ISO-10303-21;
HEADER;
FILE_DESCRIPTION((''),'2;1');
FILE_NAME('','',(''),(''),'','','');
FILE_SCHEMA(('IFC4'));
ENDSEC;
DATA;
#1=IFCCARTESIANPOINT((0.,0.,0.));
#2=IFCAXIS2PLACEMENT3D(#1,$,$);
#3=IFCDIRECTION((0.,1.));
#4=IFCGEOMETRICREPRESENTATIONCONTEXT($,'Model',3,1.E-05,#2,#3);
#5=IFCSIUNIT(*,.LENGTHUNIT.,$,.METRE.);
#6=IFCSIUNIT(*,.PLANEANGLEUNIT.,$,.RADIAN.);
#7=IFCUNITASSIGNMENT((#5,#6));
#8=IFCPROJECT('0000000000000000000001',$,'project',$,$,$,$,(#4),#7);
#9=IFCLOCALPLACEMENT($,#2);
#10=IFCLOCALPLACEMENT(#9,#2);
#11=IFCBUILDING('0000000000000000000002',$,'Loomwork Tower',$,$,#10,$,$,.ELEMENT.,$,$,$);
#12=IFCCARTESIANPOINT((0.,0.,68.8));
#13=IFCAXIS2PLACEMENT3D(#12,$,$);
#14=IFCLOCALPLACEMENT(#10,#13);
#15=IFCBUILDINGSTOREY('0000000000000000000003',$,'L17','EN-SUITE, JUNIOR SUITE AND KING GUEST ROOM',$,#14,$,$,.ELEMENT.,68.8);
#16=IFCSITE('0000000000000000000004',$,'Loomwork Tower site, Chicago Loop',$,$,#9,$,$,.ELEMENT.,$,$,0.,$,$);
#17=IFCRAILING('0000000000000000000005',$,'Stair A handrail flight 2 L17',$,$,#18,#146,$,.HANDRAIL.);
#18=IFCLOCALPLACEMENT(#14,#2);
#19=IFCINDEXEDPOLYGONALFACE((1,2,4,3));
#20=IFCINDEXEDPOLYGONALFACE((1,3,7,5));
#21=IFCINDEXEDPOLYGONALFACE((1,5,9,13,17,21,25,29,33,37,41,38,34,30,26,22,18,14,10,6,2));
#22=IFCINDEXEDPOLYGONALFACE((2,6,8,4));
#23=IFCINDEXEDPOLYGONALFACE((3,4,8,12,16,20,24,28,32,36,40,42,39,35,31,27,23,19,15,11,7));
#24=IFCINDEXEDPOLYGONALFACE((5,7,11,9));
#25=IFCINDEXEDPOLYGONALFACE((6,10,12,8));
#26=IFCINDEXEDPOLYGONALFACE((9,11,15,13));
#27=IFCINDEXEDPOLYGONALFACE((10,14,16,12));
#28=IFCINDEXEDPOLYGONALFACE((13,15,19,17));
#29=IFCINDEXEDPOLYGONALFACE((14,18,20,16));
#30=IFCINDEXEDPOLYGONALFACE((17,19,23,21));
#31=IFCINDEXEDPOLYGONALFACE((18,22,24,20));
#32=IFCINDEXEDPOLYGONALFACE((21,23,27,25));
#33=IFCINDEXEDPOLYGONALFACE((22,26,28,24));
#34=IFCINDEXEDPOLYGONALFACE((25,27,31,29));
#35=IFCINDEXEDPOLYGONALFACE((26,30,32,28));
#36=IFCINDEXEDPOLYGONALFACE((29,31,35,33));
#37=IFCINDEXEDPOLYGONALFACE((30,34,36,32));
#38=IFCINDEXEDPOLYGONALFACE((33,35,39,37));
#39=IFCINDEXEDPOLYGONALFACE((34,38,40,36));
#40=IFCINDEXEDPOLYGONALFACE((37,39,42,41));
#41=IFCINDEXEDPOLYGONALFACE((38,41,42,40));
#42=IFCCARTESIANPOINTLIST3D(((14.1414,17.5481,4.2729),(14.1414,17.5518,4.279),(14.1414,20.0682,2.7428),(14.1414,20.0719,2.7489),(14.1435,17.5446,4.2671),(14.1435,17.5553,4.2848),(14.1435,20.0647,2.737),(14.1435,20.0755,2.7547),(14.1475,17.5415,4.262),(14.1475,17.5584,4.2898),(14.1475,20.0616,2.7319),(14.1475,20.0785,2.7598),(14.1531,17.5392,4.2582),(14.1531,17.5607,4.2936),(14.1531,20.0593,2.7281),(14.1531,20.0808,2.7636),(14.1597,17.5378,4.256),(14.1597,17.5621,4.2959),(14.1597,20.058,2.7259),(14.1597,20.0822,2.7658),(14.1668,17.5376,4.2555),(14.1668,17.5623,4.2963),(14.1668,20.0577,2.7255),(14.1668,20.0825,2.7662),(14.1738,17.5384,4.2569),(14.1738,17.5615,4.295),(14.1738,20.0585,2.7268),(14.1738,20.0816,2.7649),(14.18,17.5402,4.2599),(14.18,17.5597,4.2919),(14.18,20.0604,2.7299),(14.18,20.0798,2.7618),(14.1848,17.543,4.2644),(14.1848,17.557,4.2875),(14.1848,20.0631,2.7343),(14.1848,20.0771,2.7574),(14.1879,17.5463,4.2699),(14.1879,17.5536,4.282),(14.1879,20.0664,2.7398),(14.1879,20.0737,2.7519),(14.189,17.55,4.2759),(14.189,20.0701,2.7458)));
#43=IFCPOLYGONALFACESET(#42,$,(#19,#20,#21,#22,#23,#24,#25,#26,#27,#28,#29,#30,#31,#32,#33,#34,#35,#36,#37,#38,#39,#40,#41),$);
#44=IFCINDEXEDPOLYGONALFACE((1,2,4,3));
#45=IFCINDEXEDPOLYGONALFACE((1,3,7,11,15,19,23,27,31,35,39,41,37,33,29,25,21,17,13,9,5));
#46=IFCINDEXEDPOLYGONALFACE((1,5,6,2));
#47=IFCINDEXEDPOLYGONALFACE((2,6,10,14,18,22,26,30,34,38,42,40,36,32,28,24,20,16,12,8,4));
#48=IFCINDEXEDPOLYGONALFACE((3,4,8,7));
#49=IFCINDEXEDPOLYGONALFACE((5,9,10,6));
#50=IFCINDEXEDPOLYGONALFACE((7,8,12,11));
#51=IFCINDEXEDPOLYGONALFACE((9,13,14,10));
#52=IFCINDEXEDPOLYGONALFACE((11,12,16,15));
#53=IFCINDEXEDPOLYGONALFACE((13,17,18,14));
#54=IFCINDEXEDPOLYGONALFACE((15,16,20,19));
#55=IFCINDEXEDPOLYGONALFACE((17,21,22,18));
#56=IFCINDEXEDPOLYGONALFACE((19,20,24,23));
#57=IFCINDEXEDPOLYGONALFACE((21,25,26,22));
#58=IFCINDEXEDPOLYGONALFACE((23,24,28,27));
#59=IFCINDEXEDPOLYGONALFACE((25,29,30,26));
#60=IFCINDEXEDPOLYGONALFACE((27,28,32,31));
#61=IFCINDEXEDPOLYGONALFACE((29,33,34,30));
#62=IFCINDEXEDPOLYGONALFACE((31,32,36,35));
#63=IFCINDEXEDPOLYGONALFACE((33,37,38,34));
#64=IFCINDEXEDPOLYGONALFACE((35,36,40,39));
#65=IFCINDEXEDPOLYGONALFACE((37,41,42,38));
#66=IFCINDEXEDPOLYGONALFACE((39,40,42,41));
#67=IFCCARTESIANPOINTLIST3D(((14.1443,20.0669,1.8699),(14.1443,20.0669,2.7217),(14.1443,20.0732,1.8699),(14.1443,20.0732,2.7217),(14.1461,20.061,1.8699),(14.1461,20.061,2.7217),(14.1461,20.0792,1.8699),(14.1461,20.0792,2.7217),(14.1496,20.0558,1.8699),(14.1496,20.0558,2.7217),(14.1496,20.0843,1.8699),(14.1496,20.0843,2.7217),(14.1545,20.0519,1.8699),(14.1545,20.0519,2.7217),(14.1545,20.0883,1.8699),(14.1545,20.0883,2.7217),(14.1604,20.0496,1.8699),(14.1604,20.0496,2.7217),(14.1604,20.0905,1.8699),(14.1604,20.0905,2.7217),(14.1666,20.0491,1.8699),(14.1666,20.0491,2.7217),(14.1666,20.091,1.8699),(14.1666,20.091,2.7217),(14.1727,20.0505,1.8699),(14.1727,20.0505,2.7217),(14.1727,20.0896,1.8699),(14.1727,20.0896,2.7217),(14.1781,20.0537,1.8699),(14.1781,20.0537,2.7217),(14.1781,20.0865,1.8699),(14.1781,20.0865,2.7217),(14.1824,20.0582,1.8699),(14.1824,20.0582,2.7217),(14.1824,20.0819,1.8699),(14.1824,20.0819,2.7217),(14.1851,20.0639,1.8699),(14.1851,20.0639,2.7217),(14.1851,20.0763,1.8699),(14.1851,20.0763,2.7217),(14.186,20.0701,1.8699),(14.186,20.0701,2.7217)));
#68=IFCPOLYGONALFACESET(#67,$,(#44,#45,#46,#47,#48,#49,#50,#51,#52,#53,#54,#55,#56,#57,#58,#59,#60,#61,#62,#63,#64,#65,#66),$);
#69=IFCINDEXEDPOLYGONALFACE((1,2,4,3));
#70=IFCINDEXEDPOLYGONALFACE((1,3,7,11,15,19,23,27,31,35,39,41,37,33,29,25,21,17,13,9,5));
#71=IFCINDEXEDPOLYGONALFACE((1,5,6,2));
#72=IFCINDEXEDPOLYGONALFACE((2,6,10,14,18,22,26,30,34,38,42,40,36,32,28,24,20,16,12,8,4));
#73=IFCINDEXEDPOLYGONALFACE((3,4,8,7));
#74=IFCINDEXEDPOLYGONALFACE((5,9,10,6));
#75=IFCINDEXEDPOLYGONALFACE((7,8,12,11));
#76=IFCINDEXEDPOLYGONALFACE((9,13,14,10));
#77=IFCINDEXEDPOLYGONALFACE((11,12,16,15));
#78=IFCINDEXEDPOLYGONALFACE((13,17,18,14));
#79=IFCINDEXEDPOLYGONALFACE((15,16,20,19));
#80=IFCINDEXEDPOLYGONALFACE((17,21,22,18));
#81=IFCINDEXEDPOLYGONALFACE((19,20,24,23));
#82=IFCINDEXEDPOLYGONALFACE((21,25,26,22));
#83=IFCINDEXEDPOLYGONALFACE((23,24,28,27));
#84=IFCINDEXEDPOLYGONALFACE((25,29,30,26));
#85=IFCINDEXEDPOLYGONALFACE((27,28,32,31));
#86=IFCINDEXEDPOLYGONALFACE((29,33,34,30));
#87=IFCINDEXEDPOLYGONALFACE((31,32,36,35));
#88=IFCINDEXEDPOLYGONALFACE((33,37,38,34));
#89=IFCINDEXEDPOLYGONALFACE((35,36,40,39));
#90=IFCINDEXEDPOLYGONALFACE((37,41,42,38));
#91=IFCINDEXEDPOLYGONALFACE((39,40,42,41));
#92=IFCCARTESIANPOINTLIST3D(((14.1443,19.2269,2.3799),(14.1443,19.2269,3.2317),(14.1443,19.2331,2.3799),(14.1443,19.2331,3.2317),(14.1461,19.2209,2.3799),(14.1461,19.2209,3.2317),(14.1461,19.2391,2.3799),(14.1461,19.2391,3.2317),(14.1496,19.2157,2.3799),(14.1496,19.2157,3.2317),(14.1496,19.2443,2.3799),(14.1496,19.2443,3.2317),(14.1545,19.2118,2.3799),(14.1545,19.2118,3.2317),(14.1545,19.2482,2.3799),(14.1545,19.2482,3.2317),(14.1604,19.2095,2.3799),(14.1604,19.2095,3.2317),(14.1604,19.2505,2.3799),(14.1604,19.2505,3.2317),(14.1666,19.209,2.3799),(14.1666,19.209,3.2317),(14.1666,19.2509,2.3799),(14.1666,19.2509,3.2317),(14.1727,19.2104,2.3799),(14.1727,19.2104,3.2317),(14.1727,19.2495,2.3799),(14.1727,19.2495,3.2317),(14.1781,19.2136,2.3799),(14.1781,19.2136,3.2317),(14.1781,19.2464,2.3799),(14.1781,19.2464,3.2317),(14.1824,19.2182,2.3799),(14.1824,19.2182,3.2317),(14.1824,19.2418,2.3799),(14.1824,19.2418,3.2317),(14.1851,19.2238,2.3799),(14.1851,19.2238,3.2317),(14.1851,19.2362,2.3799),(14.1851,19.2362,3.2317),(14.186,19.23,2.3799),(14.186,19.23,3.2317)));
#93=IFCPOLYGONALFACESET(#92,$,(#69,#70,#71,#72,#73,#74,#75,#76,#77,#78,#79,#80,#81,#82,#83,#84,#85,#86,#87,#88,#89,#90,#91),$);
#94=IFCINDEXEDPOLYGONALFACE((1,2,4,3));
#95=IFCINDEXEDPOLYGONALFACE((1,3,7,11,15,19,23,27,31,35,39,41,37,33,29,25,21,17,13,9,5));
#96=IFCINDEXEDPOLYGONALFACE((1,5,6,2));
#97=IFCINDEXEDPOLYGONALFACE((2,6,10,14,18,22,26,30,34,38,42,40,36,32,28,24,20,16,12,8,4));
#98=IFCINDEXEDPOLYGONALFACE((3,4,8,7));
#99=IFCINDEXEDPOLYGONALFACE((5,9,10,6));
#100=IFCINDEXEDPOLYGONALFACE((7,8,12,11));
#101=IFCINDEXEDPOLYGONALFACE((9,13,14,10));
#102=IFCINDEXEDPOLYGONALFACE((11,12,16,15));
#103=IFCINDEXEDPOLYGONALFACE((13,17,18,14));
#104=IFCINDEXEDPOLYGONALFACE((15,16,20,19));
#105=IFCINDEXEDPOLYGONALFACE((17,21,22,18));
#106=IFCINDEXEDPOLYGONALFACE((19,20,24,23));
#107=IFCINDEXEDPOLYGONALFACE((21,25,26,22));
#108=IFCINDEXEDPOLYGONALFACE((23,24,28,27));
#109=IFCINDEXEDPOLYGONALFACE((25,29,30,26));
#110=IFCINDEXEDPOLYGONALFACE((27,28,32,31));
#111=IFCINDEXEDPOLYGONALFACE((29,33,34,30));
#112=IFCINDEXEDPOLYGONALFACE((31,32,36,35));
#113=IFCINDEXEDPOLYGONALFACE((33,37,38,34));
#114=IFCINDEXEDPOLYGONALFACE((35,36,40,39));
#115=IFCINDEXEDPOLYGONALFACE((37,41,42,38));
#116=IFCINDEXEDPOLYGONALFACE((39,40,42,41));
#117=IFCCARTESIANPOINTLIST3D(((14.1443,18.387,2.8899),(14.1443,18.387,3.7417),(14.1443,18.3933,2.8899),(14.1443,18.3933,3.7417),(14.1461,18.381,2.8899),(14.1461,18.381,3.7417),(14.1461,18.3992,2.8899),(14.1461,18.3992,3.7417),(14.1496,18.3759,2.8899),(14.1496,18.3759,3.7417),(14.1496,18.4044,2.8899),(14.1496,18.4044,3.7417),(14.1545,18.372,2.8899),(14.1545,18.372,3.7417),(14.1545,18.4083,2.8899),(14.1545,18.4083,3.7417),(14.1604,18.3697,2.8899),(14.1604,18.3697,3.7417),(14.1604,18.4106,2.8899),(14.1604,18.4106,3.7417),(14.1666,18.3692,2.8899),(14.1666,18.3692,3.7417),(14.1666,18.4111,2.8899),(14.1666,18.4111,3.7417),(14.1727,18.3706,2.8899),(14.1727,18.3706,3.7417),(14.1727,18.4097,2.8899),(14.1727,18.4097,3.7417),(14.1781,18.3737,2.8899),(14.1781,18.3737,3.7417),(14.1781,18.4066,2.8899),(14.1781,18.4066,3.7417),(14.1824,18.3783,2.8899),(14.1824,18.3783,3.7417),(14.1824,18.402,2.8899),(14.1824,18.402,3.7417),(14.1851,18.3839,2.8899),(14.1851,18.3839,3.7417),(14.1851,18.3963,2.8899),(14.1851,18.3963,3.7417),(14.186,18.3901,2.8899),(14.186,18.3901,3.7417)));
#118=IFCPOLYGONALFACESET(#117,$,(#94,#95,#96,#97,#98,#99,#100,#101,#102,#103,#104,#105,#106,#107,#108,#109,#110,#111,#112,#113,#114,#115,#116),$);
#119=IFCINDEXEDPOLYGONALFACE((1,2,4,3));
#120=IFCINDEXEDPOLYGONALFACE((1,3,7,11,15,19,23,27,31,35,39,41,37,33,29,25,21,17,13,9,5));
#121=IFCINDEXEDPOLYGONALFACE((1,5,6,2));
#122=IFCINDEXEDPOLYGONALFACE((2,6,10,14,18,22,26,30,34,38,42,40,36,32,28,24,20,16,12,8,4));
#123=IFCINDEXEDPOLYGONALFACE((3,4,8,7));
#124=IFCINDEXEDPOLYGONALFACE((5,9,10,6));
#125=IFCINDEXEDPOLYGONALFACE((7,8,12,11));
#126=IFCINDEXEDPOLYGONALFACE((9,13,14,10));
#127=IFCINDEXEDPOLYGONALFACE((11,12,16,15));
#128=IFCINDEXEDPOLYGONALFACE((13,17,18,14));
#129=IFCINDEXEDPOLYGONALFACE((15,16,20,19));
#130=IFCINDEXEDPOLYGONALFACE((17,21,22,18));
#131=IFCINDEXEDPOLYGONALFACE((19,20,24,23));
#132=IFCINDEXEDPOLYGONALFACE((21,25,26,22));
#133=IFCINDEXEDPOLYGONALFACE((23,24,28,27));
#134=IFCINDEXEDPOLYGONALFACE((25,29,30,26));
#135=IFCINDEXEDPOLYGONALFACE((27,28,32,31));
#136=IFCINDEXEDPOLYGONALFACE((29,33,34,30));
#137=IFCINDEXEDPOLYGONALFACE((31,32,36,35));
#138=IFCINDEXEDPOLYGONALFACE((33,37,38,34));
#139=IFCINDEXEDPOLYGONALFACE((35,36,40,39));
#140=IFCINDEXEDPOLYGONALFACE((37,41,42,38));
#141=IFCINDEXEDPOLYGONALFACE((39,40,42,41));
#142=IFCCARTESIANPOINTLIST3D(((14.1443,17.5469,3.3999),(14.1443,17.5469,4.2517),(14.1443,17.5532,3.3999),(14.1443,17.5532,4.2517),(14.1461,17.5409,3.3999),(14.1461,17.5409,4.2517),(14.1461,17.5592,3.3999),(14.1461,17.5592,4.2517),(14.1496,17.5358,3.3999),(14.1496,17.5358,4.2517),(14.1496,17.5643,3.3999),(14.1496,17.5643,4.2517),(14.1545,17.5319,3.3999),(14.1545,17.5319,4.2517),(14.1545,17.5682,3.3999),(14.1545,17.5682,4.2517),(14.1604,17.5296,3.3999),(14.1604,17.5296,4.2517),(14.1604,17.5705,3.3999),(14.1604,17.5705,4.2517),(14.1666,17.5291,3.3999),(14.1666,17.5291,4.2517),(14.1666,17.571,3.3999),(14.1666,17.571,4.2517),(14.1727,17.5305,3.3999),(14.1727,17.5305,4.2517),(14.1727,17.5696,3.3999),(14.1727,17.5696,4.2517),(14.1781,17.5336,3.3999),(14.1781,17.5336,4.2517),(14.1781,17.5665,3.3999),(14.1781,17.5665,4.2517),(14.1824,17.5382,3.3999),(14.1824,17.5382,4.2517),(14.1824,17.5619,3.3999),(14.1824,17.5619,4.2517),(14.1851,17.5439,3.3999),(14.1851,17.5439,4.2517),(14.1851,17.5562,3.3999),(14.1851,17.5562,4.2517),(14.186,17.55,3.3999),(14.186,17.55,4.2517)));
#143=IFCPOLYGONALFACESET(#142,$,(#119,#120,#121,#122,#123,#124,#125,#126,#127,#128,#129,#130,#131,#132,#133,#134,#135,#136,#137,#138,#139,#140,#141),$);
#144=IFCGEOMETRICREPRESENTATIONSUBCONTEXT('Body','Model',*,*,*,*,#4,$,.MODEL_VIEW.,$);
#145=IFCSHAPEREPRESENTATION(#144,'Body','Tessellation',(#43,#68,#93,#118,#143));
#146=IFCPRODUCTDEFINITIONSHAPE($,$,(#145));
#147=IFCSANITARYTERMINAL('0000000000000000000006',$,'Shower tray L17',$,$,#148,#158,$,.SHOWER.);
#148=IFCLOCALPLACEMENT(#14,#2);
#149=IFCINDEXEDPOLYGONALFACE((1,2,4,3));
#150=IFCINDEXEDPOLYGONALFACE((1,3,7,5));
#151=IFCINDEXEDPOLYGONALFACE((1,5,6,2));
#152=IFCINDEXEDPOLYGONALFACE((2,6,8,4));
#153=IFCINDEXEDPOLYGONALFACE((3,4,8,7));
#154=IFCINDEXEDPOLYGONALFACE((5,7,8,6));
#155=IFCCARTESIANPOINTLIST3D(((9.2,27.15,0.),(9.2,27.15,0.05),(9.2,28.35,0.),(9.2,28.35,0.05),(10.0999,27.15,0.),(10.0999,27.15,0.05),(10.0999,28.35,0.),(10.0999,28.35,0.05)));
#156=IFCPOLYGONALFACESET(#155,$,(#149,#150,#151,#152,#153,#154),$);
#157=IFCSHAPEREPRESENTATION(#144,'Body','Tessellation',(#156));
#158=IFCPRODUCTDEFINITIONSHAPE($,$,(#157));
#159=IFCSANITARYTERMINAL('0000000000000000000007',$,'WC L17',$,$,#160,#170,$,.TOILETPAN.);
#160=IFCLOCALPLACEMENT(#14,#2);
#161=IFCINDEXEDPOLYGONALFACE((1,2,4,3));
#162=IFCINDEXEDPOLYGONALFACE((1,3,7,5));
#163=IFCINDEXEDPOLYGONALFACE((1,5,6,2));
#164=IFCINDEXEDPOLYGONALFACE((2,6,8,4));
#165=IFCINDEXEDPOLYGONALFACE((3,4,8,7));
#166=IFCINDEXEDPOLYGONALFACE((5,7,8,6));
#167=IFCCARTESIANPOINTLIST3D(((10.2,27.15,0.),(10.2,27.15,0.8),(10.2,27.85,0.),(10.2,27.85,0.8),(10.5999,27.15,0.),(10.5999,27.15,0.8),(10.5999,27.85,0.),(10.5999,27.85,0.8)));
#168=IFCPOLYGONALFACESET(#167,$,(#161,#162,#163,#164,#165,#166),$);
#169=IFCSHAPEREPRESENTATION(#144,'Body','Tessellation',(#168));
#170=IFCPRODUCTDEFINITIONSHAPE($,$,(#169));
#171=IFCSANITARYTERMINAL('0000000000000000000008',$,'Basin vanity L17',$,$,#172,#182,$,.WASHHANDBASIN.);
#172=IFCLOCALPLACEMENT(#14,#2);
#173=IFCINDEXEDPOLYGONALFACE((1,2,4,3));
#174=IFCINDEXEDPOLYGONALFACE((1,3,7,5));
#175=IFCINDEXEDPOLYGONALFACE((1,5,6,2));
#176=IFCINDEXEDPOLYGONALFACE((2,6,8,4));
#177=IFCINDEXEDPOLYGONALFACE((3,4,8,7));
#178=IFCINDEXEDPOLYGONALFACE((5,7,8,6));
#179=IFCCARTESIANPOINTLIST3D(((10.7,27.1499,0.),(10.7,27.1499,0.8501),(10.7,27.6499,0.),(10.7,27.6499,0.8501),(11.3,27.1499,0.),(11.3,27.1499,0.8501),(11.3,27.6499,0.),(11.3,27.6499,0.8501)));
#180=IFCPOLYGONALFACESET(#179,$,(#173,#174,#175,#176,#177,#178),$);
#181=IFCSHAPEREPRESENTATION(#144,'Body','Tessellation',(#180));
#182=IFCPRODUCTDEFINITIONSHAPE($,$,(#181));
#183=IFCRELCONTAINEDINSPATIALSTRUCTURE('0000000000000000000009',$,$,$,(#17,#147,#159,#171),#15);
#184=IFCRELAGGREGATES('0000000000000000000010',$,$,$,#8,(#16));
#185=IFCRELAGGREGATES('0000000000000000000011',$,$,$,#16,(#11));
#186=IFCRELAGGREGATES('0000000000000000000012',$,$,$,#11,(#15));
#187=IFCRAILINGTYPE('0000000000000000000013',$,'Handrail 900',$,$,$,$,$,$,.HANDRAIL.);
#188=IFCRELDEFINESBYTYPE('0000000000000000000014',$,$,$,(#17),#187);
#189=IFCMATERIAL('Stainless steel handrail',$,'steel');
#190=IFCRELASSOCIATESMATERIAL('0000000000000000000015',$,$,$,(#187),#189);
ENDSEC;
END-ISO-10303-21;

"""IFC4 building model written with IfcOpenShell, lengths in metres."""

from ifc_helpers import new_model, si_unit, direction, frame, origin, origin_2d, place, context, subcontext, project, spatial, rectangle, circle, extrude, material, type_object, element, save


model = new_model("IFC4")

# Units and contexts
model_context = context("Model", 3, precision=1e-05, world=origin(), true_north=direction((0.0, 1.0)))
body_context = subcontext(model_context, "Body", "Model", "MODEL_VIEW")
ifc_project = project(units=[si_unit("LENGTHUNIT", "METRE"), si_unit("PLANEANGLEUNIT", "RADIAN")], contexts=[model_context])

# Site, building, storey
site_placement = place(None, origin())
site = spatial("IfcSite", under=ifc_project, at=site_placement, Name="Loomwork Tower site, Chicago Loop", CompositionType="ELEMENT", RefElevation=0.0)
building_placement = place(site_placement, origin())
building = spatial("IfcBuilding", under=site, at=building_placement, Name="Loomwork Tower", CompositionType="ELEMENT")
storey_placement = place(building_placement, frame((0.0, 0.0, 68.8)))
storey = spatial("IfcBuildingStorey", under=building, at=storey_placement, Name="L17", Description="EN-SUITE, JUNIOR SUITE AND KING GUEST ROOM", CompositionType="ELEMENT", Elevation=68.8)

# Railing
ifc_material_1 = material(Name="Stainless steel handrail", Category="steel")
railing_type = type_object("IfcRailingType", Name="Handrail 900", PredefinedType="HANDRAIL", material=ifc_material_1)
railing_1_placement = place(storey_placement, frame((14.165, 20.0701, 1.8699)))
element("IfcRailing", 1, at=railing_1_placement, inside=storey, type_object=railing_type, Name="Stair A handrail flight 2 L17", PredefinedType="HANDRAIL", context=body_context, shape_type="SweptSolid", body=[
    extrude(circle(Radius=0.0239, at=origin_2d()), frame((0.0, 0.0, 0.876), z_axis=(0.0, -0.854785, 0.518982), x_axis=(1.0, 0.0, 0.0)), (0.0, 0.0, 1.0), 2.9482),
    extrude(circle(Radius=0.021, at=origin_2d()), origin(), (0.0, 0.0, 1.0), 0.8518),
    extrude(circle(Radius=0.021, at=origin_2d()), frame((0.0, -0.8401, 0.51)), (0.0, 0.0, 1.0), 0.8518),
    extrude(circle(Radius=0.021, at=origin_2d()), frame((0.0, -1.6799, 1.02)), (0.0, 0.0, 1.0), 0.8518),
    extrude(circle(Radius=0.021, at=origin_2d()), frame((0.0, -2.52, 1.53)), (0.0, 0.0, 1.0), 0.8518),
])

# Sanitary terminals
sanitary_terminal_1_placement = place(storey_placement, frame((9.6499, 27.75, 0.0), z_axis=(0.0, 0.0, 1.0), x_axis=(1.0, 0.0, 0.0)))
element("IfcSanitaryTerminal", 2, at=sanitary_terminal_1_placement, inside=storey, Name="Shower tray L17", PredefinedType="SHOWER", context=body_context, shape_type="SweptSolid", body=[
    extrude(rectangle(XDim=0.8999, YDim=1.2, at=origin_2d()), origin(), (0.0, 0.0, 1.0), 0.05),
])
sanitary_terminal_2_placement = place(storey_placement, frame((10.3999, 27.5, 0.0), z_axis=(0.0, 0.0, 1.0), x_axis=(1.0, 0.0, 0.0)))
element("IfcSanitaryTerminal", 3, at=sanitary_terminal_2_placement, inside=storey, Name="WC L17", PredefinedType="TOILETPAN", context=body_context, shape_type="SweptSolid", body=[
    extrude(rectangle(XDim=0.3999, YDim=0.7, at=origin_2d()), origin(), (0.0, 0.0, 1.0), 0.8),
])
sanitary_terminal_3_placement = place(storey_placement, frame((11.0, 27.3999, 0.0), z_axis=(0.0, 0.0, 1.0), x_axis=(1.0, 0.0, 0.0)))
element("IfcSanitaryTerminal", 4, at=sanitary_terminal_3_placement, inside=storey, Name="Basin vanity L17", PredefinedType="WASHHANDBASIN", context=body_context, shape_type="SweptSolid", body=[
    extrude(rectangle(XDim=0.6001, YDim=0.5, at=origin_2d()), origin(), (0.0, 0.0, 1.0), 0.8501),
])

save(model, "model.ifc")
